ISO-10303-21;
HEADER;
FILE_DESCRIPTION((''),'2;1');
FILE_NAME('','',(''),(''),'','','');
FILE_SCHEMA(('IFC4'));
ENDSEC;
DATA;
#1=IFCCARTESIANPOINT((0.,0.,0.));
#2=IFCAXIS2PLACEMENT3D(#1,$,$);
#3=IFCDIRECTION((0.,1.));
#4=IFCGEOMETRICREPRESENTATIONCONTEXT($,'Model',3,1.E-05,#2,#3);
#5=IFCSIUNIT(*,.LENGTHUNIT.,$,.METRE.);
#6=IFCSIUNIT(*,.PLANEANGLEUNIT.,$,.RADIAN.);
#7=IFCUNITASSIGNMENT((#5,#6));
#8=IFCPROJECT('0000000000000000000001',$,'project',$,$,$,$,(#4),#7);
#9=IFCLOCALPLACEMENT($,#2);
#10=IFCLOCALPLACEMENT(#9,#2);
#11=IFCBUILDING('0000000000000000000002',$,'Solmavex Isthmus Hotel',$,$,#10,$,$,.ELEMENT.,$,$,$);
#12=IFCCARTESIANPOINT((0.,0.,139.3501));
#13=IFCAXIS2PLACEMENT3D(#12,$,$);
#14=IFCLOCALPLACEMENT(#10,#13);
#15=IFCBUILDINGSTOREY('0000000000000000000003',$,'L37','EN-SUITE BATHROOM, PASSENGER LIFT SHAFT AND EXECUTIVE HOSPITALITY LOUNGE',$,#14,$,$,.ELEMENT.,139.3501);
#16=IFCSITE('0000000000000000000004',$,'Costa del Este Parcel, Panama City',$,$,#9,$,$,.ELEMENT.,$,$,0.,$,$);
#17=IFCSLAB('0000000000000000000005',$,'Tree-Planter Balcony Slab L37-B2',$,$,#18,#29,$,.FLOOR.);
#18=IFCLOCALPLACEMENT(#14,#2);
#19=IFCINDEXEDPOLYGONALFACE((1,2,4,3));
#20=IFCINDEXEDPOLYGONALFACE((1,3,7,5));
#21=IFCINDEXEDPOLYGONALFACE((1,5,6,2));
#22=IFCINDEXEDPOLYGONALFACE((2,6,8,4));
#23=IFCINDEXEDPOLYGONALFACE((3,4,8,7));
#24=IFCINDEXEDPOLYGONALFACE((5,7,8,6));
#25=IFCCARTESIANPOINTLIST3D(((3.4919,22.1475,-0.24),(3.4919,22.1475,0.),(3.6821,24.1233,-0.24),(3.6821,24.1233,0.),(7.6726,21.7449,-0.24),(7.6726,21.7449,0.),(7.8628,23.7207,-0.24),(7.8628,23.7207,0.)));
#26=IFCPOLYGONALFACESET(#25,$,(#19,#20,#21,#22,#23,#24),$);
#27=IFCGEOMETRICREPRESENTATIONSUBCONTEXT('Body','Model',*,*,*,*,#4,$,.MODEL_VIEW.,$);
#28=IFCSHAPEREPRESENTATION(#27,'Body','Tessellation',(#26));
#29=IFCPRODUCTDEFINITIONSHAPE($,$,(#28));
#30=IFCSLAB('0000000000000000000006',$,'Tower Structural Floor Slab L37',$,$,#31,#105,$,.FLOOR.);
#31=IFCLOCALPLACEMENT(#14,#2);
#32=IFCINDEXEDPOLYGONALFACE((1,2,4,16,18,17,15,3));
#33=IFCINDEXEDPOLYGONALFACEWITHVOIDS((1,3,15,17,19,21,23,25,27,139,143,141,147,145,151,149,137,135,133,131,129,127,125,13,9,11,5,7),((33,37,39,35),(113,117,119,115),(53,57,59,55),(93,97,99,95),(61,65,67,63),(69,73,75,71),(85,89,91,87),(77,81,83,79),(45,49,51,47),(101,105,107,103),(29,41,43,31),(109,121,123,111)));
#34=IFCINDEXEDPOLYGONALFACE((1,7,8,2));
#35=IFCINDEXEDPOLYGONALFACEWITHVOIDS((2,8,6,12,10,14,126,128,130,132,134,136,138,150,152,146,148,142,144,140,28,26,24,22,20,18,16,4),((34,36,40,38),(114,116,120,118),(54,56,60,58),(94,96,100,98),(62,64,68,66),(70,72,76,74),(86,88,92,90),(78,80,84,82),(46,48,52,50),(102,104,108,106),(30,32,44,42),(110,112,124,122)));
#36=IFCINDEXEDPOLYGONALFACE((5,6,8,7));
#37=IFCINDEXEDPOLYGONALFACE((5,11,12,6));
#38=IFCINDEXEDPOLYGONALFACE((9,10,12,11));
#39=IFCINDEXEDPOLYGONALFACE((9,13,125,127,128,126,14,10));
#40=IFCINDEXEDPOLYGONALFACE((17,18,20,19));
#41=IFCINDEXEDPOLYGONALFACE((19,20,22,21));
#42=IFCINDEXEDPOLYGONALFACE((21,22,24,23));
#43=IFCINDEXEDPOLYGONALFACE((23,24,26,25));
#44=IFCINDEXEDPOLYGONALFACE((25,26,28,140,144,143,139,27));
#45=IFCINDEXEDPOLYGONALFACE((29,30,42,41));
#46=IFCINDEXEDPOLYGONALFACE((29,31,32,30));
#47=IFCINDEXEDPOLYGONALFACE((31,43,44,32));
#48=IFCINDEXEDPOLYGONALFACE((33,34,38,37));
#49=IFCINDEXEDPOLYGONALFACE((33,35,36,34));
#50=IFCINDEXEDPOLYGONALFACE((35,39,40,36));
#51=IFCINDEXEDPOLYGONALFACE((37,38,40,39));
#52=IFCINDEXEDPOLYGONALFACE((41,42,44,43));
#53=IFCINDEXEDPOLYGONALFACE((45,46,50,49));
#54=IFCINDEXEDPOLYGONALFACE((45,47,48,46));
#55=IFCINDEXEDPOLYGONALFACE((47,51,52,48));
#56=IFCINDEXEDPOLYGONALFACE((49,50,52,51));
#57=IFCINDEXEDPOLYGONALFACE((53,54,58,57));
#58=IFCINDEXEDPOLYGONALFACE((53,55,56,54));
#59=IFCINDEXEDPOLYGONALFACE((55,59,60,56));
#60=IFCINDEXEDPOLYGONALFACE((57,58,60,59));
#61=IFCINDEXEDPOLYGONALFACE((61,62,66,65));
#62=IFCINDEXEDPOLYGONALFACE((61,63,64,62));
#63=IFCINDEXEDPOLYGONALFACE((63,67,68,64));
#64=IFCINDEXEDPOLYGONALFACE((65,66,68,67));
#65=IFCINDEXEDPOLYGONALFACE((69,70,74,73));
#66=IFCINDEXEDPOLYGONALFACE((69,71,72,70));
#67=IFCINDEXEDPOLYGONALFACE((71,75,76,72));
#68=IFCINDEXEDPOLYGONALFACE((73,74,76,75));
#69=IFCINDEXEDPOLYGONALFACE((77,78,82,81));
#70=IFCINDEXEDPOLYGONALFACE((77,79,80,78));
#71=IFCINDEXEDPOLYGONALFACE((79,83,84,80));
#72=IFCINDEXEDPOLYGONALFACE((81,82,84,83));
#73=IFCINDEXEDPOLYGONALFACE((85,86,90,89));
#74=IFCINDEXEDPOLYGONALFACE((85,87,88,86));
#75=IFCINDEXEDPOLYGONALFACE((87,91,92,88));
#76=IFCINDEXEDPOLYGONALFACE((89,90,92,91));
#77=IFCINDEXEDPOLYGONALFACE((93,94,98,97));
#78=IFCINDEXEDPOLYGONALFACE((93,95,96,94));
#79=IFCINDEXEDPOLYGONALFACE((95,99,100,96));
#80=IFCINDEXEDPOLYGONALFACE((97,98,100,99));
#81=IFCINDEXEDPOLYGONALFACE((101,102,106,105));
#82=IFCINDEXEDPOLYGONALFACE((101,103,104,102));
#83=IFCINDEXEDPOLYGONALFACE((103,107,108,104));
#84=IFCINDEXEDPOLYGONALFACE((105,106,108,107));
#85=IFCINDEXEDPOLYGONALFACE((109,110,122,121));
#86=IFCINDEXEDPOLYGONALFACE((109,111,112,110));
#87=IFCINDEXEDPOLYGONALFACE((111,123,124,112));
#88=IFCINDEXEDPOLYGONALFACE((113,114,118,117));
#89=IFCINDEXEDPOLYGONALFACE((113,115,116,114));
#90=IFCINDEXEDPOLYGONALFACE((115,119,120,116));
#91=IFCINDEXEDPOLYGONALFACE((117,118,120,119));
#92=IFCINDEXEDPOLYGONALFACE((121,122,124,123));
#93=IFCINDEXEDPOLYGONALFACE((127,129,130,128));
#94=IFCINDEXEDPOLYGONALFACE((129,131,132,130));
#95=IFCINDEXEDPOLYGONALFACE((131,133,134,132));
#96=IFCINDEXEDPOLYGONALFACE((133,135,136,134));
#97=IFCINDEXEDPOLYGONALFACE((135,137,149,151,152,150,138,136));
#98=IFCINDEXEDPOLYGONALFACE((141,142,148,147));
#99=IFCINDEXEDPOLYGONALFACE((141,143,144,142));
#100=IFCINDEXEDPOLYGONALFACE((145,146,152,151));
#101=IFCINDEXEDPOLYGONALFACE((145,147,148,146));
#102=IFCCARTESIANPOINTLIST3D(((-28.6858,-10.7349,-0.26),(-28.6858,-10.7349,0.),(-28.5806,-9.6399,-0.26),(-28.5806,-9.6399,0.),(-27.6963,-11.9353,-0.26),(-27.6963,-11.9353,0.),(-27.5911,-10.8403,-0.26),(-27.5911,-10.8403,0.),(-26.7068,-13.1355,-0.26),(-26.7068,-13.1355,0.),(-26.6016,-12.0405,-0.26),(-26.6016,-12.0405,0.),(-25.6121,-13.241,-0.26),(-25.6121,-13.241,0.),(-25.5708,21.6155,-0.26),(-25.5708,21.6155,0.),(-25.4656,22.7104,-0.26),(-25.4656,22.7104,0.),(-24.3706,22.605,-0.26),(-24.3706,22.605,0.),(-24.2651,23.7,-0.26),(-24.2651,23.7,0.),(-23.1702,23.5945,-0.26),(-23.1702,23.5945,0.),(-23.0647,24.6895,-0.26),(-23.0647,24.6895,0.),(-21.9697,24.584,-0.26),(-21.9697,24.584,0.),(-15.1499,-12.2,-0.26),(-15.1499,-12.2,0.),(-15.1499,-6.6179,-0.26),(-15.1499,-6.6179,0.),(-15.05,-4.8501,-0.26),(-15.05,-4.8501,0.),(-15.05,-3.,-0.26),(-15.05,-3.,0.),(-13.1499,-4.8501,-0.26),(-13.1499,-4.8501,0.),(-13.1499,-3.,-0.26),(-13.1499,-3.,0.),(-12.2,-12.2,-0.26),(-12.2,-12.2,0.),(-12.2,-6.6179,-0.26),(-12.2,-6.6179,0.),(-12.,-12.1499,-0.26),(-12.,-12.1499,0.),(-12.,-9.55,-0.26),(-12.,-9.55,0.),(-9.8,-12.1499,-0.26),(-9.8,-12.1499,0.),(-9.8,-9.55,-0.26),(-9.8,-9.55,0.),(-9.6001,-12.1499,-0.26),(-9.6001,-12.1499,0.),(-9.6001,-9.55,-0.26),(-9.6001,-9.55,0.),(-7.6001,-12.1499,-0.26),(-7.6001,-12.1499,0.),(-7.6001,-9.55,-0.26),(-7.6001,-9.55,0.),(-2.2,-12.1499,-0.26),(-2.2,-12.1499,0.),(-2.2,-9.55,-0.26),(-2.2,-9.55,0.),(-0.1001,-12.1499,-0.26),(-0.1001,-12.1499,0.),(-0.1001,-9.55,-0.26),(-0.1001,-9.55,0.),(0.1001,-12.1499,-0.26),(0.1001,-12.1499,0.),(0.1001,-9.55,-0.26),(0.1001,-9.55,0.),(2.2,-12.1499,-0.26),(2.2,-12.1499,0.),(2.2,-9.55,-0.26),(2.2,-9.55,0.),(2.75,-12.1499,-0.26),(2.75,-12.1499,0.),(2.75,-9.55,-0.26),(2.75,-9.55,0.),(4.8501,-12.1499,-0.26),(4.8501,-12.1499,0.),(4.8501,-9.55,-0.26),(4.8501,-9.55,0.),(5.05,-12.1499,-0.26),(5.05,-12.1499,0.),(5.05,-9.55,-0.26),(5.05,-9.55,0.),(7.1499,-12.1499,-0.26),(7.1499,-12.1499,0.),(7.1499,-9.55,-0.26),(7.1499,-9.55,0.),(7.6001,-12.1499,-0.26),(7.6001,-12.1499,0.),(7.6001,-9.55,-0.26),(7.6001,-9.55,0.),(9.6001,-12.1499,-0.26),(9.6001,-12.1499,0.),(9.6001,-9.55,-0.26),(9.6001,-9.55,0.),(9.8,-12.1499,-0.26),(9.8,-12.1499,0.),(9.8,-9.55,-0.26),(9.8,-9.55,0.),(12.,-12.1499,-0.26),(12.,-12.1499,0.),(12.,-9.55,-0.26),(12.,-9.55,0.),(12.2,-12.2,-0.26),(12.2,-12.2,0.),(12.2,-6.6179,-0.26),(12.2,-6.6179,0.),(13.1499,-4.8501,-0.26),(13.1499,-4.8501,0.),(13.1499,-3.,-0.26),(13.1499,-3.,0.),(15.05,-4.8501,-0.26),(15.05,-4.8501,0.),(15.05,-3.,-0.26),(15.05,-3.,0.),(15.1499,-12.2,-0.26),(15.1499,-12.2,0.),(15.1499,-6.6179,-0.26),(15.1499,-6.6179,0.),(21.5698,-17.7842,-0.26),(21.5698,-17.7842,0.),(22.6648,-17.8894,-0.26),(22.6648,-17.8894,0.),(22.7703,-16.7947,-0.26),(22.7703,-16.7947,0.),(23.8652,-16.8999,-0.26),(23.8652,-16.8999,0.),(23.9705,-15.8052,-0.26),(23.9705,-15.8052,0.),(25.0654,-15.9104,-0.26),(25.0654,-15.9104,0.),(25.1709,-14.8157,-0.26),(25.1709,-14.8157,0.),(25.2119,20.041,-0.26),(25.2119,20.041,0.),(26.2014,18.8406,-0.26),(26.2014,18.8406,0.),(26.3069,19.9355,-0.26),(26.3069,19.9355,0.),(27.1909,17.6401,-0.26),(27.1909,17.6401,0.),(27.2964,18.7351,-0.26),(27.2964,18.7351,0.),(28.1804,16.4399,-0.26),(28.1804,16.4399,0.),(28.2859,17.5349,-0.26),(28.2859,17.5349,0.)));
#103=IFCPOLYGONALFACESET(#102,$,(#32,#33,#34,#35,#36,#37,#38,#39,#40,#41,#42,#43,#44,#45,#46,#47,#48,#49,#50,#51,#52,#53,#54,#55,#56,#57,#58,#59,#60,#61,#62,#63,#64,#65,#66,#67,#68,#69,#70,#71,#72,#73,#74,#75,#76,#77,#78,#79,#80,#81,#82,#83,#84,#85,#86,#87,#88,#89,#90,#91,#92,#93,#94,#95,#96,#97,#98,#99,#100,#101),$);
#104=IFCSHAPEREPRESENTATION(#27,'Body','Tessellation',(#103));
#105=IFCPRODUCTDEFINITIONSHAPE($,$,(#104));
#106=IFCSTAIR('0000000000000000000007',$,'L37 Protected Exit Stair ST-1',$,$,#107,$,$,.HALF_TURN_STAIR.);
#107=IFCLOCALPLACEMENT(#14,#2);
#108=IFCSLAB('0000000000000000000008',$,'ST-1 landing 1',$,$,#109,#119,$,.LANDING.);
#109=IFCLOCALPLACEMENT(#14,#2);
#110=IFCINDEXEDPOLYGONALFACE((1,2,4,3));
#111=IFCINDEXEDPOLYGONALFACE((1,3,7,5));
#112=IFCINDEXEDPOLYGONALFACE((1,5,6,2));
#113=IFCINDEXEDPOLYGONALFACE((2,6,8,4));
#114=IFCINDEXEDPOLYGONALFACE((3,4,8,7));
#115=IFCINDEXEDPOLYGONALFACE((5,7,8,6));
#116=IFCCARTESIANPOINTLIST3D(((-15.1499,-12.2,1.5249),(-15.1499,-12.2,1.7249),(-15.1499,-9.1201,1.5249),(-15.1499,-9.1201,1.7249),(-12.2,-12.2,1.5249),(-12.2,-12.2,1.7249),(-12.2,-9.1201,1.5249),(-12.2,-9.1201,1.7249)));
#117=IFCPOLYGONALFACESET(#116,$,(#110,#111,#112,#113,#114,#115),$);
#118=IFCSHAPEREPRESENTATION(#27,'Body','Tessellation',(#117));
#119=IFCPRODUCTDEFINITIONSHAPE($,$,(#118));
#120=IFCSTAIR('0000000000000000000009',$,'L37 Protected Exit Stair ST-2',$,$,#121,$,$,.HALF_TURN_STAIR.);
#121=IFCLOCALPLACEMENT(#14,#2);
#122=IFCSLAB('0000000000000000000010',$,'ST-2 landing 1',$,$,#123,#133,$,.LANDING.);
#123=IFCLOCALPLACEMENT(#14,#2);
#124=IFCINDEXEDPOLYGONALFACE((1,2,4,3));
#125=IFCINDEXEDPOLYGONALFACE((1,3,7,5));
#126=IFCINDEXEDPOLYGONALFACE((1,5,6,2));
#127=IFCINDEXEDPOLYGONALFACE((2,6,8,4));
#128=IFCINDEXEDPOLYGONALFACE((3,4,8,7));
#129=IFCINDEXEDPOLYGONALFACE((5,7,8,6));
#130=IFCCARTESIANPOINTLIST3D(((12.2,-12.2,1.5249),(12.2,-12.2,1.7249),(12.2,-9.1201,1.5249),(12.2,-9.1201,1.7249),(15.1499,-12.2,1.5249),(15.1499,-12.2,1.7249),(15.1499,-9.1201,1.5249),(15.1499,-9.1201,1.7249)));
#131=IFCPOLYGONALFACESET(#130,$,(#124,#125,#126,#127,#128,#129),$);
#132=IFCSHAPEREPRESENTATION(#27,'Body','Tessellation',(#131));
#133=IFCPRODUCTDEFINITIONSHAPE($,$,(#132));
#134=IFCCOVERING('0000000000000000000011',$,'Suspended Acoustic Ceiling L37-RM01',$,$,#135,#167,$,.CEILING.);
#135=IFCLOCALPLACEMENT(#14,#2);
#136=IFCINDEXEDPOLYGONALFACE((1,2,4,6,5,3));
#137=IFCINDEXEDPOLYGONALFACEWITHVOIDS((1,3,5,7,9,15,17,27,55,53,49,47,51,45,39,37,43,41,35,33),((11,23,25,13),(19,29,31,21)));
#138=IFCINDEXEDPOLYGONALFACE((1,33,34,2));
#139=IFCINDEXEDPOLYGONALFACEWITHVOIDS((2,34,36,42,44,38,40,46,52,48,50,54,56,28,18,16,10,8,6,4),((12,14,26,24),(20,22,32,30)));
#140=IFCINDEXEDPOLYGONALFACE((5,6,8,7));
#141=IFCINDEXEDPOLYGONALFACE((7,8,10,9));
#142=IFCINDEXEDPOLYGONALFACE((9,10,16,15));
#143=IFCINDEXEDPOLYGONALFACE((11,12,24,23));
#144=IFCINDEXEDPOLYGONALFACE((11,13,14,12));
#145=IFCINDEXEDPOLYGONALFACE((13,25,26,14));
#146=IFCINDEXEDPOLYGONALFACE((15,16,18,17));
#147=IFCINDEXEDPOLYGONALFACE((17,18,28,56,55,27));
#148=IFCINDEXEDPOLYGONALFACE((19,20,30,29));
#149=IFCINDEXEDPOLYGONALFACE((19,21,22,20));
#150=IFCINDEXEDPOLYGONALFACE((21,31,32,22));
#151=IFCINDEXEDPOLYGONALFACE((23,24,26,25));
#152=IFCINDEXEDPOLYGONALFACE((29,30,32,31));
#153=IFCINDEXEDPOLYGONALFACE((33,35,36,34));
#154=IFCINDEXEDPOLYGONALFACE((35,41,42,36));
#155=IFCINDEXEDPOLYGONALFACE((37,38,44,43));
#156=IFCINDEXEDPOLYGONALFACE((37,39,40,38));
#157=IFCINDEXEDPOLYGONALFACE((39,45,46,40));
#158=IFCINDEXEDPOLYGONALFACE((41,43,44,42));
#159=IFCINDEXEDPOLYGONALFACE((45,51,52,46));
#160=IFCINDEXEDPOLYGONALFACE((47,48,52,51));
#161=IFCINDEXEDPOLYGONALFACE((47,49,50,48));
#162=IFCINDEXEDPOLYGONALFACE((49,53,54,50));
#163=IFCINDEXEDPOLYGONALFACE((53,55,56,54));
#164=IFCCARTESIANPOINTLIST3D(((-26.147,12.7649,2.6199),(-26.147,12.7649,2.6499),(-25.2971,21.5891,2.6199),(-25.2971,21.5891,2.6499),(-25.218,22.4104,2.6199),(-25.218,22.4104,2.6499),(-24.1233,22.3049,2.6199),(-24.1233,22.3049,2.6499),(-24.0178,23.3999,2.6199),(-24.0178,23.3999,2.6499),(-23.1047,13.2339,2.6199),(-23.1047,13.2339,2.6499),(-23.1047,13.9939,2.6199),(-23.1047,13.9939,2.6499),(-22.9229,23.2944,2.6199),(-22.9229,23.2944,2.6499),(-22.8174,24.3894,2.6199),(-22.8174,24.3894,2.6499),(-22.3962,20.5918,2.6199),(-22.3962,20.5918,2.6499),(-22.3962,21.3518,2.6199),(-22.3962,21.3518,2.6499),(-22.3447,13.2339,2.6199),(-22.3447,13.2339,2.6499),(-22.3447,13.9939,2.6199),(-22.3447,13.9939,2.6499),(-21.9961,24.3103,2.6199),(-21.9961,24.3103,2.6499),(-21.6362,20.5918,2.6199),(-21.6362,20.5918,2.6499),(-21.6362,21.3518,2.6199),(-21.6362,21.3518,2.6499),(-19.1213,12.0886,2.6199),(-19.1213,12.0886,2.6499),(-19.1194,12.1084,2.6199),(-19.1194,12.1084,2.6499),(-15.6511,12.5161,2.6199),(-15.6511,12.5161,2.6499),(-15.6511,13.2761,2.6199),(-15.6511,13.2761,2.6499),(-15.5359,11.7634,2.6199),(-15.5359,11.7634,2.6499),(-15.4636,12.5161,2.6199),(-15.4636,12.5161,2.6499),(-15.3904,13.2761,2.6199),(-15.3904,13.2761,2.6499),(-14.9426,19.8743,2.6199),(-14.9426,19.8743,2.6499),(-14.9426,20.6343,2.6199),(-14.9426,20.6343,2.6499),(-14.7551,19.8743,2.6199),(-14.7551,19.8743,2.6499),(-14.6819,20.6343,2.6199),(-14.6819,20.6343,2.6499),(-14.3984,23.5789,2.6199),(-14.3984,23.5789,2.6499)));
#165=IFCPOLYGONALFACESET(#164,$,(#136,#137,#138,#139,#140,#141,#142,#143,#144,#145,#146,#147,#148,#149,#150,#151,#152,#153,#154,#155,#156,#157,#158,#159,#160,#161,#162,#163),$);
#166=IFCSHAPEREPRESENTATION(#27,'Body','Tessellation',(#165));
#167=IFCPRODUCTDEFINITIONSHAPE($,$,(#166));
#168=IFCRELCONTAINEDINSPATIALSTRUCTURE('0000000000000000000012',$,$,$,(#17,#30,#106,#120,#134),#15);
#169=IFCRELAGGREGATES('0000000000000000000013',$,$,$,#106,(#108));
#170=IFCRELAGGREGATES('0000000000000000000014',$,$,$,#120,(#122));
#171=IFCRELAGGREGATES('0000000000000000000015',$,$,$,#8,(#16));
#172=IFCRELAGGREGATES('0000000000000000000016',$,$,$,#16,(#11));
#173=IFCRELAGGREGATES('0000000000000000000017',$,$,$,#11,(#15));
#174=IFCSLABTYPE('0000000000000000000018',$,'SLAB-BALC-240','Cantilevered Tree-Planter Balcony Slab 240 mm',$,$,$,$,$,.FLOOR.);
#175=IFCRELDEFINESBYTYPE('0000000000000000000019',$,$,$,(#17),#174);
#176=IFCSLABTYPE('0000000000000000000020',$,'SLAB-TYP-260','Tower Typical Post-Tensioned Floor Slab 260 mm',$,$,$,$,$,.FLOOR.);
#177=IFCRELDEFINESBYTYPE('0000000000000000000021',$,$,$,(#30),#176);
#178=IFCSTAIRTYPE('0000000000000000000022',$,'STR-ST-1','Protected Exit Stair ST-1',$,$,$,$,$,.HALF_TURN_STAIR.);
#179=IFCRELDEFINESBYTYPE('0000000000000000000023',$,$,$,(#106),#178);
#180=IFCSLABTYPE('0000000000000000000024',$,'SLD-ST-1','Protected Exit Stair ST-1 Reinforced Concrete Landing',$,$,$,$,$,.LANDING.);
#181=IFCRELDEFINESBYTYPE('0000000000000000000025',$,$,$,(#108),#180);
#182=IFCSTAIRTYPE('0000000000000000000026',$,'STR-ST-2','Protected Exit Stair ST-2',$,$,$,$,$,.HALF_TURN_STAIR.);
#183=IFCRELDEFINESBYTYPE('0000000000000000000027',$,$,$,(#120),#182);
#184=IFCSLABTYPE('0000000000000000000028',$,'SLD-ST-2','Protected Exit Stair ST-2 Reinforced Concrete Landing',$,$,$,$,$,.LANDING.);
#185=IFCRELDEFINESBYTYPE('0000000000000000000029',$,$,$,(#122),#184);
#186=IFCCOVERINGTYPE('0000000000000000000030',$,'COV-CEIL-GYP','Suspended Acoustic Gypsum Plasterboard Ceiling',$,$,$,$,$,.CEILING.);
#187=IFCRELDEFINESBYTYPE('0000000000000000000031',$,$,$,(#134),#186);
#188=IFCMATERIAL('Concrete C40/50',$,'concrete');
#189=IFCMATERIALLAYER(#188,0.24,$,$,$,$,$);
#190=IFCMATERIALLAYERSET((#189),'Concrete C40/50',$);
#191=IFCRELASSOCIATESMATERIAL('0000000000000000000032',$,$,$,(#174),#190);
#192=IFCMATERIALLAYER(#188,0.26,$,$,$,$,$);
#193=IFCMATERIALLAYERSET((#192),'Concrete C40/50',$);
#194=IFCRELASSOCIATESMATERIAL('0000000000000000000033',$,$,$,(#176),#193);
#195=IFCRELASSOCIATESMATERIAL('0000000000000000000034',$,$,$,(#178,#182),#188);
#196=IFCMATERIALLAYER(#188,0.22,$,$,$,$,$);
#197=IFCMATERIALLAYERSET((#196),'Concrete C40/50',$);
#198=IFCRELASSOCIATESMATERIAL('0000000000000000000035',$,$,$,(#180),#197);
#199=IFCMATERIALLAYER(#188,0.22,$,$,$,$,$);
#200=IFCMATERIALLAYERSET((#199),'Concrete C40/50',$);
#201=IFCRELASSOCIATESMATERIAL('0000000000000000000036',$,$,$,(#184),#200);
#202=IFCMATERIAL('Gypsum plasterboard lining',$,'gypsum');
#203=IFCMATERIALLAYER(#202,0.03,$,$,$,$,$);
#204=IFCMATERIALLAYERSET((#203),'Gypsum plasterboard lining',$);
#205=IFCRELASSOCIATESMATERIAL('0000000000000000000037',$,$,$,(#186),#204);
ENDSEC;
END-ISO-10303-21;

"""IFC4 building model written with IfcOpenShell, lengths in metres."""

from ifc_helpers import new_model, si_unit, direction, frame, origin, place, context, subcontext, project, spatial, polyline, outline, extrude, material, layer, layer_set, type_object, element, aggregate, save


model = new_model("IFC4")

# Units and contexts
model_context = context("Model", 3, precision=1e-05, world=origin(), true_north=direction((0.0, 1.0)))
body_context = subcontext(model_context, "Body", "Model", "MODEL_VIEW")
ifc_project = project(units=[si_unit("LENGTHUNIT", "METRE"), si_unit("PLANEANGLEUNIT", "RADIAN")], contexts=[model_context])

# Site, building, storey
site_placement = place(None, origin())
site = spatial("IfcSite", under=ifc_project, at=site_placement, Name="Costa del Este Parcel, Panama City", CompositionType="ELEMENT", RefElevation=0.0)
building_placement = place(site_placement, origin())
building = spatial("IfcBuilding", under=site, at=building_placement, Name="Solmavex Isthmus Hotel", CompositionType="ELEMENT")
storey_placement = place(building_placement, frame((0.0, 0.0, 139.3501)))
storey = spatial("IfcBuildingStorey", under=building, at=storey_placement, Name="L37", Description="EN-SUITE BATHROOM, PASSENGER LIFT SHAFT AND EXECUTIVE HOSPITALITY LOUNGE", CompositionType="ELEMENT", Elevation=139.3501)

# Slabs
ifc_material_1 = material(Name="Concrete C40/50", Category="concrete")
ifc_layer_1 = layer(ifc_material_1, 0.24)
ifc_layer_set_1 = layer_set([ifc_layer_1], Name="Concrete C40/50")
slab_type_1 = type_object("IfcSlabType", Name="SLAB-BALC-240", Description="Cantilevered Tree-Planter Balcony Slab 240 mm", PredefinedType="FLOOR", material=ifc_layer_set_1)
slab_1_placement = place(storey_placement, frame((0.0, 0.0, -0.24)))
element("IfcSlab", 1, at=slab_1_placement, inside=storey, type_object=slab_type_1, Name="Tree-Planter Balcony Slab L37-B2", PredefinedType="FLOOR", context=body_context, shape_type="SweptSolid", body=[
    extrude(outline(polyline([(3.4919, 22.1475), (7.6726, 21.7449), (7.8628, 23.7207), (3.6821, 24.1233), (3.4919, 22.1475)])), origin(), (0.0, 0.0, 1.0), 0.24),
])
ifc_layer_2 = layer(ifc_material_1, 0.26)
ifc_layer_set_2 = layer_set([ifc_layer_2], Name="Concrete C40/50")
slab_type_2 = type_object("IfcSlabType", Name="SLAB-TYP-260", Description="Tower Typical Post-Tensioned Floor Slab 260 mm", PredefinedType="FLOOR", material=ifc_layer_set_2)
slab_2_placement = place(storey_placement, frame((0.0, 0.0, -0.26)))
element("IfcSlab", 2, at=slab_2_placement, inside=storey, type_object=slab_type_2, Name="Tower Structural Floor Slab L37", PredefinedType="FLOOR", context=body_context, shape_type="SweptSolid", body=[
    extrude(outline(polyline([(-25.6121, -13.241), (21.5698, -17.7842), (22.6648, -17.8894), (22.7703, -16.7947), (23.8652, -16.8999), (23.9705, -15.8052), (25.0654, -15.9104), (25.1709, -14.8157), (28.1804, 16.4399), (28.2859, 17.5349), (27.1909, 17.6401), (27.2964, 18.7351), (26.2014, 18.8406), (26.3069, 19.9355), (25.2119, 20.041), (-21.9697, 24.584), (-23.0647, 24.6895), (-23.1702, 23.5945), (-24.2651, 23.7), (-24.3706, 22.605), (-25.4656, 22.7104), (-25.5708, 21.6155), (-28.5806, -9.6399), (-28.6858, -10.7349), (-27.5911, -10.8403), (-27.6963, -11.9353), (-26.6016, -12.0405), (-26.7068, -13.1355), (-25.6121, -13.241)]), holes=[polyline([(-15.1499, -6.6179), (-15.1499, -12.2), (-12.2, -12.2), (-12.2, -6.6179), (-15.1499, -6.6179)]), polyline([(12.2, -6.6179), (12.2, -12.2), (15.1499, -12.2), (15.1499, -6.6179), (12.2, -6.6179)]), polyline([(-12.0, -12.1499), (-9.8, -12.1499), (-9.8, -9.55), (-12.0, -9.55), (-12.0, -12.1499)]), polyline([(9.8, -12.1499), (12.0, -12.1499), (12.0, -9.55), (9.8, -9.55), (9.8, -12.1499)]), polyline([(-9.6001, -12.1499), (-7.6001, -12.1499), (-7.6001, -9.55), (-9.6001, -9.55), (-9.6001, -12.1499)]), polyline([(7.6001, -12.1499), (9.6001, -12.1499), (9.6001, -9.55), (7.6001, -9.55), (7.6001, -12.1499)]), polyline([(-2.2, -12.1499), (-0.1001, -12.1499), (-0.1001, -9.55), (-2.2, -9.55), (-2.2, -12.1499)]), polyline([(0.1001, -12.1499), (2.2, -12.1499), (2.2, -9.55), (0.1001, -9.55), (0.1001, -12.1499)]), polyline([(2.75, -12.1499), (4.8501, -12.1499), (4.8501, -9.55), (2.75, -9.55), (2.75, -12.1499)]), polyline([(5.05, -12.1499), (7.1499, -12.1499), (7.1499, -9.55), (5.05, -9.55), (5.05, -12.1499)]), polyline([(-15.05, -4.8501), (-13.1499, -4.8501), (-13.1499, -3.0), (-15.05, -3.0), (-15.05, -4.8501)]), polyline([(13.1499, -4.8501), (15.05, -4.8501), (15.05, -3.0), (13.1499, -3.0), (13.1499, -4.8501)])]), origin(), (0.0, 0.0, 1.0), 0.26),
])

# Stairs, slabs
stair_type_1 = type_object("IfcStairType", Name="STR-ST-1", Description="Protected Exit Stair ST-1", PredefinedType="HALF_TURN_STAIR", material=ifc_material_1)
stair_1_placement = place(storey_placement, origin())
stair_1 = element("IfcStair", 3, at=stair_1_placement, inside=storey, type_object=stair_type_1, Name="L37 Protected Exit Stair ST-1", PredefinedType="HALF_TURN_STAIR")
ifc_layer_3 = layer(ifc_material_1, 0.22)
ifc_layer_set_3 = layer_set([ifc_layer_3], Name="Concrete C40/50")
slab_type_3 = type_object("IfcSlabType", Name="SLD-ST-1", Description="Protected Exit Stair ST-1 Reinforced Concrete Landing", PredefinedType="LANDING", material=ifc_layer_set_3)
slab_3_placement = place(storey_placement, frame((0.0, 0.0, 1.5249)))
slab_3 = element("IfcSlab", 4, at=slab_3_placement, type_object=slab_type_3, Name="ST-1 landing 1", PredefinedType="LANDING", context=body_context, shape_type="SweptSolid", body=[
    extrude(outline(polyline([(-15.1499, -9.1201), (-15.1499, -12.2), (-12.2, -12.2), (-12.2, -9.1201), (-15.1499, -9.1201)])), origin(), (0.0, 0.0, 1.0), 0.2),
])
aggregate(stair_1, [slab_3])
stair_type_2 = type_object("IfcStairType", Name="STR-ST-2", Description="Protected Exit Stair ST-2", PredefinedType="HALF_TURN_STAIR", material=ifc_material_1)
stair_2_placement = place(storey_placement, origin())
stair_2 = element("IfcStair", 5, at=stair_2_placement, inside=storey, type_object=stair_type_2, Name="L37 Protected Exit Stair ST-2", PredefinedType="HALF_TURN_STAIR")
ifc_layer_4 = layer(ifc_material_1, 0.22)
ifc_layer_set_4 = layer_set([ifc_layer_4], Name="Concrete C40/50")
slab_type_4 = type_object("IfcSlabType", Name="SLD-ST-2", Description="Protected Exit Stair ST-2 Reinforced Concrete Landing", PredefinedType="LANDING", material=ifc_layer_set_4)
slab_4_placement = place(storey_placement, frame((0.0, 0.0, 1.5249)))
slab_4 = element("IfcSlab", 6, at=slab_4_placement, type_object=slab_type_4, Name="ST-2 landing 1", PredefinedType="LANDING", context=body_context, shape_type="SweptSolid", body=[
    extrude(outline(polyline([(12.2, -9.1201), (12.2, -12.2), (15.1499, -12.2), (15.1499, -9.1201), (12.2, -9.1201)])), origin(), (0.0, 0.0, 1.0), 0.2),
])
aggregate(stair_2, [slab_4])

# Covering
ifc_material_2 = material(Name="Gypsum plasterboard lining", Category="gypsum")
ifc_layer_5 = layer(ifc_material_2, 0.03)
ifc_layer_set_5 = layer_set([ifc_layer_5], Name="Gypsum plasterboard lining")
covering_type_1 = type_object("IfcCoveringType", Name="COV-CEIL-GYP", Description="Suspended Acoustic Gypsum Plasterboard Ceiling", PredefinedType="CEILING", material=ifc_layer_set_5)
covering_1_placement = place(storey_placement, frame((0.0, 0.0, 2.6199)))
element("IfcCovering", 7, at=covering_1_placement, inside=storey, type_object=covering_type_1, Name="Suspended Acoustic Ceiling L37-RM01", PredefinedType="CEILING", context=body_context, shape_type="SweptSolid", body=[
    extrude(outline(polyline([(-19.1213, 12.0886), (-19.1194, 12.1084), (-15.5359, 11.7634), (-15.4636, 12.5161), (-15.6511, 12.5161), (-15.6511, 13.2761), (-15.3904, 13.2761), (-14.7551, 19.8743), (-14.9426, 19.8743), (-14.9426, 20.6343), (-14.6819, 20.6343), (-14.3984, 23.5789), (-21.9961, 24.3103), (-22.8174, 24.3894), (-22.9229, 23.2944), (-24.0178, 23.3999), (-24.1233, 22.3049), (-25.218, 22.4104), (-25.2971, 21.5891), (-26.147, 12.7649), (-19.1213, 12.0886)]), holes=[polyline([(-22.3962, 20.5918), (-22.3962, 21.3518), (-21.6362, 21.3518), (-21.6362, 20.5918), (-22.3962, 20.5918)]), polyline([(-23.1047, 13.2339), (-23.1047, 13.9939), (-22.3447, 13.9939), (-22.3447, 13.2339), (-23.1047, 13.2339)])]), origin(), (0.0, 0.0, 1.0), 0.03),
])

save(model, "model.ifc")
